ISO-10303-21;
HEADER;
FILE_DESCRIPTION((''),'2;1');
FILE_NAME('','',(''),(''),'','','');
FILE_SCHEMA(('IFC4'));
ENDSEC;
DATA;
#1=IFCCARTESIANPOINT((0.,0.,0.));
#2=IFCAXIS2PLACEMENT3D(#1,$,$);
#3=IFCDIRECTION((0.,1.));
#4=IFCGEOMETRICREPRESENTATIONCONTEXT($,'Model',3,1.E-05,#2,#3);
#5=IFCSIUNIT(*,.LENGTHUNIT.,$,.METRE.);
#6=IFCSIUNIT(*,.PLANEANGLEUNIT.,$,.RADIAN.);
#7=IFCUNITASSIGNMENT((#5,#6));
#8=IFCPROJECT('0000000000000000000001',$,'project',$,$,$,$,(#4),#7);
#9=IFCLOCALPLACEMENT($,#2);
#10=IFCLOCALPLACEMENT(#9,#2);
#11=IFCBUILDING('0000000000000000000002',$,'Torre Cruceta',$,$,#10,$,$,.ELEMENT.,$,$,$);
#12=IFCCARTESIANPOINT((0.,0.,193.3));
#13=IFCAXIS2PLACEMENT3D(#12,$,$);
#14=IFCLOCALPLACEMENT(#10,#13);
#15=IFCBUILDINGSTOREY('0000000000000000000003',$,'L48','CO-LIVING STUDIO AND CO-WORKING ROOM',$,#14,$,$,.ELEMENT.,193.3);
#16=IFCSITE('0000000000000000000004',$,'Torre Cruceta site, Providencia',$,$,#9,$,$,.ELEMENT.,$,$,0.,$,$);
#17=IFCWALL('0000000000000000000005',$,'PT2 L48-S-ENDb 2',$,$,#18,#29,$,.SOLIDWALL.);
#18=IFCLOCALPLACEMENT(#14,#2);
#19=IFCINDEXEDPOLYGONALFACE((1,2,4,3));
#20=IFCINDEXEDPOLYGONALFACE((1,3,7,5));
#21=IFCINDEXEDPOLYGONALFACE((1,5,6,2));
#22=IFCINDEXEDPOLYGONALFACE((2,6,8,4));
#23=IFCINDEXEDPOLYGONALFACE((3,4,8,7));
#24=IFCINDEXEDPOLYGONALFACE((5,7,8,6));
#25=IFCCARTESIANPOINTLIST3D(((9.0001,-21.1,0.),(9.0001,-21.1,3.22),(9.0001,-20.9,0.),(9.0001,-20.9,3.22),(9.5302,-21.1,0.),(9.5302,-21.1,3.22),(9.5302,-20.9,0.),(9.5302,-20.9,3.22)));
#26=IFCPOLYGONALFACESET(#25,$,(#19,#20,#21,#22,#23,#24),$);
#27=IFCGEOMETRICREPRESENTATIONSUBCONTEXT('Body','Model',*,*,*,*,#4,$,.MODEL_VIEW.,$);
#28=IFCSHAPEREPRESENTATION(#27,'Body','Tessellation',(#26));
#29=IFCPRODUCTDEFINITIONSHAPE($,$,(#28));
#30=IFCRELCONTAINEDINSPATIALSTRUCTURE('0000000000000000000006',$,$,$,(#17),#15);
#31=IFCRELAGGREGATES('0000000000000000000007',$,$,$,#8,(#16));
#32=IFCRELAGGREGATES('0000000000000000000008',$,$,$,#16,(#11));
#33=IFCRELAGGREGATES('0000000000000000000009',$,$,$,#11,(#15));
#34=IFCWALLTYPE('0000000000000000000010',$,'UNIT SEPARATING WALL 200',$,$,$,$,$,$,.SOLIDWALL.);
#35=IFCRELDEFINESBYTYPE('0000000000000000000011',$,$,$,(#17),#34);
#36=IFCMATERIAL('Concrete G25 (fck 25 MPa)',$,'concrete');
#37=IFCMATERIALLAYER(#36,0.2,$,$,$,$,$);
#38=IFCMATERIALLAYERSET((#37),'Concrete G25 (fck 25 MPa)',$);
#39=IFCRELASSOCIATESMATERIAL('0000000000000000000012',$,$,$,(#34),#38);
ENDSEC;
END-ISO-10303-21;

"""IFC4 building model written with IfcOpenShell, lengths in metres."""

from ifc_helpers import new_model, si_unit, direction, frame, frame_2d, origin, place, context, subcontext, project, spatial, rectangle, extrude, material, layer, layer_set, type_object, element, save


model = new_model("IFC4")

# Units and contexts
model_context = context("Model", 3, precision=1e-05, world=origin(), true_north=direction((0.0, 1.0)))
body_context = subcontext(model_context, "Body", "Model", "MODEL_VIEW")
ifc_project = project(units=[si_unit("LENGTHUNIT", "METRE"), si_unit("PLANEANGLEUNIT", "RADIAN")], contexts=[model_context])

# Site, building, storey
site_placement = place(None, origin())
site = spatial("IfcSite", under=ifc_project, at=site_placement, Name="Torre Cruceta site, Providencia", CompositionType="ELEMENT", RefElevation=0.0)
building_placement = place(site_placement, origin())
building = spatial("IfcBuilding", under=site, at=building_placement, Name="Torre Cruceta", CompositionType="ELEMENT")
storey_placement = place(building_placement, frame((0.0, 0.0, 193.3)))
storey = spatial("IfcBuildingStorey", under=building, at=storey_placement, Name="L48", Description="CO-LIVING STUDIO AND CO-WORKING ROOM", CompositionType="ELEMENT", Elevation=193.3)

# Shared definitions
ifc_material_1 = material(Name="Concrete G25 (fck 25 MPa)", Category="concrete")
ifc_layer_1 = layer(ifc_material_1, 0.2)
ifc_layer_set_1 = layer_set([ifc_layer_1], Name="Concrete G25 (fck 25 MPa)")
wall_type_1 = type_object("IfcWallType", Name="UNIT SEPARATING WALL 200", PredefinedType="SOLIDWALL", material=ifc_layer_set_1)

# Wall
wall_1_placement = place(storey_placement, frame((9.0, -21.0, 0.0), z_axis=(0.0, 0.0, 1.0), x_axis=(1.0, 0.0, 0.0)))
element("IfcWall", 1, at=wall_1_placement, inside=storey, type_object=wall_type_1, Name="PT2 L48-S-ENDb 2", PredefinedType="SOLIDWALL", context=body_context, shape_type="SweptSolid", body=[
    extrude(rectangle(XDim=0.53, YDim=0.2, at=frame_2d((0.2651, 0.0))), origin(), (0.0, 0.0, 1.0), 3.22),
])

save(model, "model.ifc")
